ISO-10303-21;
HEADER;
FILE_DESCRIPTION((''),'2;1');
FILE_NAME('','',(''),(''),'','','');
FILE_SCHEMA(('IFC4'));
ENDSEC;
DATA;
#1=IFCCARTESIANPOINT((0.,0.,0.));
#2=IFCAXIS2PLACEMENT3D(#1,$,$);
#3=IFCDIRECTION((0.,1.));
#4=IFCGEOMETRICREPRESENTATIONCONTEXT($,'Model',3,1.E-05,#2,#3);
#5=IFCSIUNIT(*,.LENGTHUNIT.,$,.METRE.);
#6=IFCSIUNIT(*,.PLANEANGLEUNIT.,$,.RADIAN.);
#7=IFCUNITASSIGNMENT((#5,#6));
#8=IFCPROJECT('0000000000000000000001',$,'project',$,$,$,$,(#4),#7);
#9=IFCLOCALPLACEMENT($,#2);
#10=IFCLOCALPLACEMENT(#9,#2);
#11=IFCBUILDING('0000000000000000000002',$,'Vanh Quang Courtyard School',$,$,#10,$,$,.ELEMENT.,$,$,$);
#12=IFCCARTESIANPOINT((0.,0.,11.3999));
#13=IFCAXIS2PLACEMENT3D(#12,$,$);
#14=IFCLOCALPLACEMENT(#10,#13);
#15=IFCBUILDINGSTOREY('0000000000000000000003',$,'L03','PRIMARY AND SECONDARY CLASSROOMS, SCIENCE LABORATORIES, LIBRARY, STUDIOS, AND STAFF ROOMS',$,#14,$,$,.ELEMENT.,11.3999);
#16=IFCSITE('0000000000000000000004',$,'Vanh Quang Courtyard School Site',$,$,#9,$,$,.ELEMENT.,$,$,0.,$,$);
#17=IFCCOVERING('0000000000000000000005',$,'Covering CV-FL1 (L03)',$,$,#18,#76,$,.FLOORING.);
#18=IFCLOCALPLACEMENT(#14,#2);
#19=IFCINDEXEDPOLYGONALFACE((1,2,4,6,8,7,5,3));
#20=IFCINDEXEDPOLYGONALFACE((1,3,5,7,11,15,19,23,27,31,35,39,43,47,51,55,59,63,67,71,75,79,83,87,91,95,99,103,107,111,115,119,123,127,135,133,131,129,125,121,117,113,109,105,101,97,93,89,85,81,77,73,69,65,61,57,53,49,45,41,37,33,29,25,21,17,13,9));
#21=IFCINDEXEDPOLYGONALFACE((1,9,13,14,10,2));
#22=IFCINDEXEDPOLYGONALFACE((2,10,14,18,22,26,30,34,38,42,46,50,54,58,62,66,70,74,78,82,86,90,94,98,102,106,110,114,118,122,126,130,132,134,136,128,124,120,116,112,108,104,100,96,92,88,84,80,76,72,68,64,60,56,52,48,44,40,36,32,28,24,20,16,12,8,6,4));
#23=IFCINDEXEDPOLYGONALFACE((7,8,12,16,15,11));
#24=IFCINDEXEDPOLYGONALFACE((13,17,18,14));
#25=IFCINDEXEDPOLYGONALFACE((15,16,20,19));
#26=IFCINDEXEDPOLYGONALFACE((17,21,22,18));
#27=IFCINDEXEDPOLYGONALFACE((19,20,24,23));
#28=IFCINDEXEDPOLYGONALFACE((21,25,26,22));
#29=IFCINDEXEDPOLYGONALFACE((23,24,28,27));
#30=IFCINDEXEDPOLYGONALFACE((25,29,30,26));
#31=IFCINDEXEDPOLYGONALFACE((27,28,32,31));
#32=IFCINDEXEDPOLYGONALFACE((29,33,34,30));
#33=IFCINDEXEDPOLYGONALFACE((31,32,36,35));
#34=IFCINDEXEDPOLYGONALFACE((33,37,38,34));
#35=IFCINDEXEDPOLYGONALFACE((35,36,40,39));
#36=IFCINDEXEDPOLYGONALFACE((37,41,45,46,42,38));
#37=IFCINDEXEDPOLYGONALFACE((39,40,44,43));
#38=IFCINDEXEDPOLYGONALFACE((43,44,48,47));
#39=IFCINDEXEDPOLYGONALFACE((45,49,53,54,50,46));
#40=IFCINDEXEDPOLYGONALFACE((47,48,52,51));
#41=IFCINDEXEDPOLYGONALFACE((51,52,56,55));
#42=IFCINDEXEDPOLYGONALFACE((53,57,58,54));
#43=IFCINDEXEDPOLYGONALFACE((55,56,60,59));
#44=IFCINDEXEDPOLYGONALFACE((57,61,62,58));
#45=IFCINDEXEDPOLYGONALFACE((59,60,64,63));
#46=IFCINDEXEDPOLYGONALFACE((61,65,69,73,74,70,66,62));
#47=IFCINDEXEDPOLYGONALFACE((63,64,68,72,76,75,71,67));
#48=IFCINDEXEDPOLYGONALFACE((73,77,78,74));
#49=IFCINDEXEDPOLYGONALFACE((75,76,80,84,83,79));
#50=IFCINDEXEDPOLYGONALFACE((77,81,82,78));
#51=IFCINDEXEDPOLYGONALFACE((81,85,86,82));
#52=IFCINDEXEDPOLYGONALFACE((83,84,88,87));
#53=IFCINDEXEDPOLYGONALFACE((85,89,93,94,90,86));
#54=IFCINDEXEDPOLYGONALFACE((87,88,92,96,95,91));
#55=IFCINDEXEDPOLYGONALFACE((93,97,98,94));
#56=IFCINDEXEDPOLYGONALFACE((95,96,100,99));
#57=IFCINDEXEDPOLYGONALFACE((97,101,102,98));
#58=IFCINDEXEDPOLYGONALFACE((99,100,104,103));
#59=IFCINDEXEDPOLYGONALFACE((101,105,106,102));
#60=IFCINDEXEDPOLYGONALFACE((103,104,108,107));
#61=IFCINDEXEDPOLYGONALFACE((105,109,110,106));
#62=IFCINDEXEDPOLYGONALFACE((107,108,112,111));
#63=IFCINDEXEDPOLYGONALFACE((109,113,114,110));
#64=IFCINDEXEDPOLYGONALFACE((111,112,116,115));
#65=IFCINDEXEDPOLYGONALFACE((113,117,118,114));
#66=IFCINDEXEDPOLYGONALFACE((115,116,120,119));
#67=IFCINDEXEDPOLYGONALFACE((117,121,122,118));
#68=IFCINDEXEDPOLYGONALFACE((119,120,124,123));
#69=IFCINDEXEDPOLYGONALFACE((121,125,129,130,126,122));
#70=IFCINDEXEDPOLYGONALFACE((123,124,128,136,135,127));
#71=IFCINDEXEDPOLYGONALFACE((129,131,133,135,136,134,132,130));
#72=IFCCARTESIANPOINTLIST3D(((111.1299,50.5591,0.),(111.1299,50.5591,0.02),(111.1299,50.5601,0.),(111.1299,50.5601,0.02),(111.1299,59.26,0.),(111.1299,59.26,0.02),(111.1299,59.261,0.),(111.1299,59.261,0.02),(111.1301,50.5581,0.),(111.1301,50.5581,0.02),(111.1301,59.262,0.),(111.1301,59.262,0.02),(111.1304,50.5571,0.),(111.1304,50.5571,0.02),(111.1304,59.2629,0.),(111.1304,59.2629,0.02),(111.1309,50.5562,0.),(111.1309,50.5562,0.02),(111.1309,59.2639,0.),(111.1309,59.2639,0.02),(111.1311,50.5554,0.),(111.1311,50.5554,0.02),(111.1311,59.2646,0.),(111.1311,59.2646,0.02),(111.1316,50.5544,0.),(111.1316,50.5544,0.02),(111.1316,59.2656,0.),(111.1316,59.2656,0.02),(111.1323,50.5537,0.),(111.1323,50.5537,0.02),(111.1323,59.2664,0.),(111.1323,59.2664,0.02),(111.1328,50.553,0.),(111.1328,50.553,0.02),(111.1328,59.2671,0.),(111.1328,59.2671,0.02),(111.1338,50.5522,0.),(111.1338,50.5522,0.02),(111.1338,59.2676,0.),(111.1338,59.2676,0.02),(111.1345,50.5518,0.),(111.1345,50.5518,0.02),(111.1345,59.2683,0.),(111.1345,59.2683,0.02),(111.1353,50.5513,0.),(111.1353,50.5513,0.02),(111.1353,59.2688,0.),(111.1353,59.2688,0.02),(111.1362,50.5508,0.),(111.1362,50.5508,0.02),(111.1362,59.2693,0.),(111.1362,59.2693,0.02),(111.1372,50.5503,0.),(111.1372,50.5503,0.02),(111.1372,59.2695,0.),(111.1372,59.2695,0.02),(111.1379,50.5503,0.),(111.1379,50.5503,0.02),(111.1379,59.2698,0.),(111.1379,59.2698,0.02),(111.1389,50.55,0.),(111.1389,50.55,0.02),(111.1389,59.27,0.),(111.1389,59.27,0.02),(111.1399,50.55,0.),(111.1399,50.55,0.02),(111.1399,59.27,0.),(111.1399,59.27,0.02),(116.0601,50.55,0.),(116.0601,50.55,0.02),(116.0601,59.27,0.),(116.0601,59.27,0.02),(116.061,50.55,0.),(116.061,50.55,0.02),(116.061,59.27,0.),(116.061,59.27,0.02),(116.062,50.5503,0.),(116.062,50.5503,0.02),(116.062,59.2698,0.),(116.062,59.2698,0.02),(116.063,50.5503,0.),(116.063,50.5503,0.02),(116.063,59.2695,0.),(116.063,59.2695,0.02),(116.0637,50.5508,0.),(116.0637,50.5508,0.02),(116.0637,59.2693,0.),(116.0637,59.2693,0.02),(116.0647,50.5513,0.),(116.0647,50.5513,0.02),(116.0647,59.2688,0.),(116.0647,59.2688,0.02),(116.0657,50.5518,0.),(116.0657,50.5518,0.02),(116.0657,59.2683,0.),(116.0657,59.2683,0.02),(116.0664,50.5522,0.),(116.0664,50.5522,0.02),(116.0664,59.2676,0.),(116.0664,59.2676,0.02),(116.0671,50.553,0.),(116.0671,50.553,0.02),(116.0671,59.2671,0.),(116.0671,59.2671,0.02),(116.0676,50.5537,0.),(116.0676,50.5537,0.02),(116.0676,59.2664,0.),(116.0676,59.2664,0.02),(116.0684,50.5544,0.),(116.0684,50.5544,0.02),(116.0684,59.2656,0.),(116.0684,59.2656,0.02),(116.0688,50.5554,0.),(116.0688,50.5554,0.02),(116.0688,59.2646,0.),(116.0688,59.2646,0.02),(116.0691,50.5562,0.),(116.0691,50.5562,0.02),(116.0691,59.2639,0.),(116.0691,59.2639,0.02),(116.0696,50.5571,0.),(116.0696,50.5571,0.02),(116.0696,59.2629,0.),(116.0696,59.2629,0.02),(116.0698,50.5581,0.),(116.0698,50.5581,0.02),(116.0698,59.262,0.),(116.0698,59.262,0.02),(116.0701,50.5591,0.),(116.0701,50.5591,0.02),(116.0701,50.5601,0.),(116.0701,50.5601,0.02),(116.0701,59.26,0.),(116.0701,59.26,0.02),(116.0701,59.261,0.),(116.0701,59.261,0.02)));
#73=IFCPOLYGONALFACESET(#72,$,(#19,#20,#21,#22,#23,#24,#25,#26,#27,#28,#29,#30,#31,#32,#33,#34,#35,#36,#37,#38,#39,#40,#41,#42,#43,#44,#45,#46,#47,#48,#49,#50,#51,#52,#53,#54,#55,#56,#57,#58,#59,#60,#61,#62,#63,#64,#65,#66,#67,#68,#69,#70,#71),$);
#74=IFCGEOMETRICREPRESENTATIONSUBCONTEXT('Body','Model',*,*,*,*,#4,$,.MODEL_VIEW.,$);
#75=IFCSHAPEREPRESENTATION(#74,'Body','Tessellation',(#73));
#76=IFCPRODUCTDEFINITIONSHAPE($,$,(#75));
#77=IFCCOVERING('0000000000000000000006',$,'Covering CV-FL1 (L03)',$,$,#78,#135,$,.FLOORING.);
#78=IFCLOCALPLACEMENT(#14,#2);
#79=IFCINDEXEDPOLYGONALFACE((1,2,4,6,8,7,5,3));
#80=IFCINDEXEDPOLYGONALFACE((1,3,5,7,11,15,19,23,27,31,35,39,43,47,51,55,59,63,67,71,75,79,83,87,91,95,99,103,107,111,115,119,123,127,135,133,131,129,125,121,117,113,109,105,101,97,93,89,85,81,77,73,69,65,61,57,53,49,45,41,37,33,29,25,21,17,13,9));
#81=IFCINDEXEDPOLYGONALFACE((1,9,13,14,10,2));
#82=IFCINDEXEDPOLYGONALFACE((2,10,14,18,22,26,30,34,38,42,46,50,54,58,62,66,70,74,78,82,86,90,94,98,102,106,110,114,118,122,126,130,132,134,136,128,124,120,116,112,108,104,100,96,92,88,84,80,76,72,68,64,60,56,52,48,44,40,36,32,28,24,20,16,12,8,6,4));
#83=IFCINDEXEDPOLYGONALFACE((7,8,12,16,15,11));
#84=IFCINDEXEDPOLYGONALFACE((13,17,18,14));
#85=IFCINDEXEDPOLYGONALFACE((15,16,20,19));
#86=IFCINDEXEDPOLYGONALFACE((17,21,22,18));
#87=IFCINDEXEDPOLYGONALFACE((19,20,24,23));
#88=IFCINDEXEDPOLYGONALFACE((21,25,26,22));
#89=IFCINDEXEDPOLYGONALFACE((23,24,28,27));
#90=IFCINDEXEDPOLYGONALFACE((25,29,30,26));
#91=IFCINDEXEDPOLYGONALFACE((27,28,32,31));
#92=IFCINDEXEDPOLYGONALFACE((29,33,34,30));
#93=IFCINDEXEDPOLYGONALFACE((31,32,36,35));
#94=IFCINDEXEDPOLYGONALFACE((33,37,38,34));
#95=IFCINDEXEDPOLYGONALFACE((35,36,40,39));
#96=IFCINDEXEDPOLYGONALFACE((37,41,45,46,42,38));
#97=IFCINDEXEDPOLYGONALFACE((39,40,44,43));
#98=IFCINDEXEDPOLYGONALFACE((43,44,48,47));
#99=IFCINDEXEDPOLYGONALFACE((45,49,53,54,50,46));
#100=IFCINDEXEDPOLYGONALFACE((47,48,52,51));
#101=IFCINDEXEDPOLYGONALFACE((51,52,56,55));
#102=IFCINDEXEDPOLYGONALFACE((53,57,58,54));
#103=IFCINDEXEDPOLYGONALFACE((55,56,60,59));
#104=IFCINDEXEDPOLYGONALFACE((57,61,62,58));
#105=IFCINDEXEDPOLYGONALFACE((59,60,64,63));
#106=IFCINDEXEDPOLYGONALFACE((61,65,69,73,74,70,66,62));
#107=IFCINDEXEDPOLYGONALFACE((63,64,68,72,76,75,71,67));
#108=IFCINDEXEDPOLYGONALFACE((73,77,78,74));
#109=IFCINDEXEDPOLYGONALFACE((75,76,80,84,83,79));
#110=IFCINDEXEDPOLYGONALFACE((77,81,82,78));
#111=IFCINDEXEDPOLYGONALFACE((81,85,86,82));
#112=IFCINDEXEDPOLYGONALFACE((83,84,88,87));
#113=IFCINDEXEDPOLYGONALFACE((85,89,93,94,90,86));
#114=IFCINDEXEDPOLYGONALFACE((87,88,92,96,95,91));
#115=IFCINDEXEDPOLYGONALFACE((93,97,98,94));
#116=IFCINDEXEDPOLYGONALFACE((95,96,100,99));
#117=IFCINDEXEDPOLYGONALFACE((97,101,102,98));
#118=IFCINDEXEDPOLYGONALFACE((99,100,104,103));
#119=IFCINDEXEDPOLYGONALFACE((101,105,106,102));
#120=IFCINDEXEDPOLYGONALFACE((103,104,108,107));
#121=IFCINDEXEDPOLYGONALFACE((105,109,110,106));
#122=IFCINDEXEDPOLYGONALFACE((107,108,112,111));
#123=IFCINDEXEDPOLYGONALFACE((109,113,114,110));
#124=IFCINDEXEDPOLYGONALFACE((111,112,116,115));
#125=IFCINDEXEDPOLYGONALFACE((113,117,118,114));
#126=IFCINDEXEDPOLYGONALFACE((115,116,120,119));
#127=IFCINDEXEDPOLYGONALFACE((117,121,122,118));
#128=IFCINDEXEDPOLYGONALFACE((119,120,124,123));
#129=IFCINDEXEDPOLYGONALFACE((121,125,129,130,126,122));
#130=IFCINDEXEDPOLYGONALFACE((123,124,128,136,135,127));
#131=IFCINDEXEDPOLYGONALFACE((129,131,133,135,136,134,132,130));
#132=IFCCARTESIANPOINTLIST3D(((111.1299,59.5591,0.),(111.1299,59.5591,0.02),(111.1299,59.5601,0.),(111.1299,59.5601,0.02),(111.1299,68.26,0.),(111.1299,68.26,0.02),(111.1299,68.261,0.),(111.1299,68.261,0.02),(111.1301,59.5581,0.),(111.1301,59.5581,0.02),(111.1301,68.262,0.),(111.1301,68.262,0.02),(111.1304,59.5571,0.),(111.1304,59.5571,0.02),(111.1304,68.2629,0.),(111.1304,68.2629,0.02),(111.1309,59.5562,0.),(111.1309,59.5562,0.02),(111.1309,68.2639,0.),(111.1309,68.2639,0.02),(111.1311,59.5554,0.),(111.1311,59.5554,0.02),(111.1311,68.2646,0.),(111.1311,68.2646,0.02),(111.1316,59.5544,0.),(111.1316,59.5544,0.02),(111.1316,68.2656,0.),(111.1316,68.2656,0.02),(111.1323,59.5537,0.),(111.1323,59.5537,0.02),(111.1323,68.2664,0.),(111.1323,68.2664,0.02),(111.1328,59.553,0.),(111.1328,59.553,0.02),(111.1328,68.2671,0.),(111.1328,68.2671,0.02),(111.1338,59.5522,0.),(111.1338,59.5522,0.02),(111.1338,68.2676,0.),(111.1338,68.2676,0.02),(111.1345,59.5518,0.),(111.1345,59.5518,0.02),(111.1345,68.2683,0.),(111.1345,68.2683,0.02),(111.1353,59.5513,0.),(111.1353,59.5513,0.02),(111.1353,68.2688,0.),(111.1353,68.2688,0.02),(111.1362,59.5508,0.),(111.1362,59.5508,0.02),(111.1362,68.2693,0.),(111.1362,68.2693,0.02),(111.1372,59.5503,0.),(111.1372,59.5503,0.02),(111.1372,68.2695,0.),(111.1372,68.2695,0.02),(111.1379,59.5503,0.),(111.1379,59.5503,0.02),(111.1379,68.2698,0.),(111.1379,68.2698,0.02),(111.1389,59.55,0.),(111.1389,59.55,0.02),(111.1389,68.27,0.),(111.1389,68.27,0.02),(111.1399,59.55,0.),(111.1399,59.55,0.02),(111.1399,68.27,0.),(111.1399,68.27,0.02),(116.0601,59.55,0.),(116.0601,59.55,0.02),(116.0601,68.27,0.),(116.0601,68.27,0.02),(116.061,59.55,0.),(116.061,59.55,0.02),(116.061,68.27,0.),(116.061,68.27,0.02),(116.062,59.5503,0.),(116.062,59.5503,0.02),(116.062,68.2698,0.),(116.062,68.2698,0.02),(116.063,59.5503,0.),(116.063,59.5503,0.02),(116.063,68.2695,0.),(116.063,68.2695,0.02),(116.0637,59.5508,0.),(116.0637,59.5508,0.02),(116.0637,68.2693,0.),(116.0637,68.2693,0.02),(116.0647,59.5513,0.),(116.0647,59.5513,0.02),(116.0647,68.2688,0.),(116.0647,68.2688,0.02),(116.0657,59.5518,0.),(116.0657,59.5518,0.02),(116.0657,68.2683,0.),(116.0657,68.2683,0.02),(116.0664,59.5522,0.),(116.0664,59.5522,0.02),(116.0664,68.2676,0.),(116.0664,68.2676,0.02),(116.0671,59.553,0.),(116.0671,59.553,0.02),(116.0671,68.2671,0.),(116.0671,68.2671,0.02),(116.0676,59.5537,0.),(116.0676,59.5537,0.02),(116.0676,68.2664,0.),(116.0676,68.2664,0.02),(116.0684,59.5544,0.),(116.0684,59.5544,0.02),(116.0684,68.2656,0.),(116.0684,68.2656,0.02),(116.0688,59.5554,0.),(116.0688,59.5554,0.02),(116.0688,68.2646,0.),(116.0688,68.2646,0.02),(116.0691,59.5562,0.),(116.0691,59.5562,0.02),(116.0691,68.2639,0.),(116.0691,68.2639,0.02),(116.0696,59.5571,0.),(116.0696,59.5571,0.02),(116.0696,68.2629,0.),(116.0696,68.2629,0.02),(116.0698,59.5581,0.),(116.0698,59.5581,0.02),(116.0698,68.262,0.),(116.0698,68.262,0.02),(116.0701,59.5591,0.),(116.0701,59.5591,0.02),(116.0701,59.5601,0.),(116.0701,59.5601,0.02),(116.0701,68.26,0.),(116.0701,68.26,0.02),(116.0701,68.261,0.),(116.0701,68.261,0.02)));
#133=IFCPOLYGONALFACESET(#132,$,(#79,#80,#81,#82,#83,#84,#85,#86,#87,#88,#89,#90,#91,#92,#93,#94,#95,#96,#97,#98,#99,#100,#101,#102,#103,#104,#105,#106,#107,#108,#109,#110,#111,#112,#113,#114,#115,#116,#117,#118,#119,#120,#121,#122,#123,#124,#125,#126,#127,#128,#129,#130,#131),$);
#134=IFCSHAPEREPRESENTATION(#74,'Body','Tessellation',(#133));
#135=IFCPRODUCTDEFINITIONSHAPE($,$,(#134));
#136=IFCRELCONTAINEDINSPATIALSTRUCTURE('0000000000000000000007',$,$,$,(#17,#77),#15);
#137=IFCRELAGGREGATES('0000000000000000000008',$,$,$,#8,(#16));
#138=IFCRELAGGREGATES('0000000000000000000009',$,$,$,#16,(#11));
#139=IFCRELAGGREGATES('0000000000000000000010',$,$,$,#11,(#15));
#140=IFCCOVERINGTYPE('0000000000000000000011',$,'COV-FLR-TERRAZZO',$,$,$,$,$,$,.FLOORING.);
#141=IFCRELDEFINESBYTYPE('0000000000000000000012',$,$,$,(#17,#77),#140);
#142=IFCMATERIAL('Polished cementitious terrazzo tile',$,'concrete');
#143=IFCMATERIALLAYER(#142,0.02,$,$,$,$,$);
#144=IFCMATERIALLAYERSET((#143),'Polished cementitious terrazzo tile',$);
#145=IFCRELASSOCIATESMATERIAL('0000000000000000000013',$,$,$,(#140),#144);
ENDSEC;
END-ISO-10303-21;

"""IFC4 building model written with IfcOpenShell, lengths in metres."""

from ifc_helpers import new_model, si_unit, direction, frame, origin, place, context, subcontext, project, spatial, polyline, outline, extrude, material, layer, layer_set, type_object, element, save


model = new_model("IFC4")

# Units and contexts
model_context = context("Model", 3, precision=1e-05, world=origin(), true_north=direction((0.0, 1.0)))
body_context = subcontext(model_context, "Body", "Model", "MODEL_VIEW")
ifc_project = project(units=[si_unit("LENGTHUNIT", "METRE"), si_unit("PLANEANGLEUNIT", "RADIAN")], contexts=[model_context])

# Site, building, storey
site_placement = place(None, origin())
site = spatial("IfcSite", under=ifc_project, at=site_placement, Name="Vanh Quang Courtyard School Site", CompositionType="ELEMENT", RefElevation=0.0)
building_placement = place(site_placement, origin())
building = spatial("IfcBuilding", under=site, at=building_placement, Name="Vanh Quang Courtyard School", CompositionType="ELEMENT")
storey_placement = place(building_placement, frame((0.0, 0.0, 11.3999)))
storey = spatial("IfcBuildingStorey", under=building, at=storey_placement, Name="L03", Description="PRIMARY AND SECONDARY CLASSROOMS, SCIENCE LABORATORIES, LIBRARY, STUDIOS, AND STAFF ROOMS", CompositionType="ELEMENT", Elevation=11.3999)

# Coverings
ifc_material_1 = material(Name="Polished cementitious terrazzo tile", Category="concrete")
ifc_layer_1 = layer(ifc_material_1, 0.02)
ifc_layer_set_1 = layer_set([ifc_layer_1], Name="Polished cementitious terrazzo tile")
covering_type_1 = type_object("IfcCoveringType", Name="COV-FLR-TERRAZZO", PredefinedType="FLOORING", material=ifc_layer_set_1)
covering_1_placement = place(storey_placement, origin())
element("IfcCovering", 1, at=covering_1_placement, inside=storey, type_object=covering_type_1, Name="Covering CV-FL1 (L03)", PredefinedType="FLOORING", context=body_context, shape_type="SweptSolid", body=[
    extrude(outline(polyline([(111.1399, 50.55), (111.1389, 50.55), (111.1379, 50.5503), (111.1372, 50.5503), (111.1362, 50.5508), (111.1353, 50.5513), (111.1345, 50.5518), (111.1338, 50.5522), (111.1328, 50.553), (111.1323, 50.5537), (111.1316, 50.5544), (111.1311, 50.5554), (111.1309, 50.5562), (111.1304, 50.5571), (111.1301, 50.5581), (111.1299, 50.5591), (111.1299, 50.5601), (111.1299, 59.26), (111.1299, 59.261), (111.1301, 59.262), (111.1304, 59.2629), (111.1309, 59.2639), (111.1311, 59.2646), (111.1316, 59.2656), (111.1323, 59.2664), (111.1328, 59.2671), (111.1338, 59.2676), (111.1345, 59.2683), (111.1353, 59.2688), (111.1362, 59.2693), (111.1372, 59.2695), (111.1379, 59.2698), (111.1389, 59.27), (111.1399, 59.27), (116.0601, 59.27), (116.061, 59.27), (116.062, 59.2698), (116.063, 59.2695), (116.0637, 59.2693), (116.0647, 59.2688), (116.0657, 59.2683), (116.0664, 59.2676), (116.0671, 59.2671), (116.0676, 59.2664), (116.0684, 59.2656), (116.0688, 59.2646), (116.0691, 59.2639), (116.0696, 59.2629), (116.0698, 59.262), (116.0701, 59.261), (116.0701, 59.26), (116.0701, 50.5601), (116.0701, 50.5591), (116.0698, 50.5581), (116.0696, 50.5571), (116.0691, 50.5562), (116.0688, 50.5554), (116.0684, 50.5544), (116.0676, 50.5537), (116.0671, 50.553), (116.0664, 50.5522), (116.0657, 50.5518), (116.0647, 50.5513), (116.0637, 50.5508), (116.063, 50.5503), (116.062, 50.5503), (116.061, 50.55), (116.0601, 50.55), (111.1399, 50.55)])), origin(), (0.0, 0.0, 1.0), 0.02),
])
covering_2_placement = place(storey_placement, origin())
element("IfcCovering", 2, at=covering_2_placement, inside=storey, type_object=covering_type_1, Name="Covering CV-FL1 (L03)", PredefinedType="FLOORING", context=body_context, shape_type="SweptSolid", body=[
    extrude(outline(polyline([(111.1399, 59.55), (111.1389, 59.55), (111.1379, 59.5503), (111.1372, 59.5503), (111.1362, 59.5508), (111.1353, 59.5513), (111.1345, 59.5518), (111.1338, 59.5522), (111.1328, 59.553), (111.1323, 59.5537), (111.1316, 59.5544), (111.1311, 59.5554), (111.1309, 59.5562), (111.1304, 59.5571), (111.1301, 59.5581), (111.1299, 59.5591), (111.1299, 59.5601), (111.1299, 68.26), (111.1299, 68.261), (111.1301, 68.262), (111.1304, 68.2629), (111.1309, 68.2639), (111.1311, 68.2646), (111.1316, 68.2656), (111.1323, 68.2664), (111.1328, 68.2671), (111.1338, 68.2676), (111.1345, 68.2683), (111.1353, 68.2688), (111.1362, 68.2693), (111.1372, 68.2695), (111.1379, 68.2698), (111.1389, 68.27), (111.1399, 68.27), (116.0601, 68.27), (116.061, 68.27), (116.062, 68.2698), (116.063, 68.2695), (116.0637, 68.2693), (116.0647, 68.2688), (116.0657, 68.2683), (116.0664, 68.2676), (116.0671, 68.2671), (116.0676, 68.2664), (116.0684, 68.2656), (116.0688, 68.2646), (116.0691, 68.2639), (116.0696, 68.2629), (116.0698, 68.262), (116.0701, 68.261), (116.0701, 68.26), (116.0701, 59.5601), (116.0701, 59.5591), (116.0698, 59.5581), (116.0696, 59.5571), (116.0691, 59.5562), (116.0688, 59.5554), (116.0684, 59.5544), (116.0676, 59.5537), (116.0671, 59.553), (116.0664, 59.5522), (116.0657, 59.5518), (116.0647, 59.5513), (116.0637, 59.5508), (116.063, 59.5503), (116.062, 59.5503), (116.061, 59.55), (116.0601, 59.55), (111.1399, 59.55)])), origin(), (0.0, 0.0, 1.0), 0.02),
])

save(model, "model.ifc")
